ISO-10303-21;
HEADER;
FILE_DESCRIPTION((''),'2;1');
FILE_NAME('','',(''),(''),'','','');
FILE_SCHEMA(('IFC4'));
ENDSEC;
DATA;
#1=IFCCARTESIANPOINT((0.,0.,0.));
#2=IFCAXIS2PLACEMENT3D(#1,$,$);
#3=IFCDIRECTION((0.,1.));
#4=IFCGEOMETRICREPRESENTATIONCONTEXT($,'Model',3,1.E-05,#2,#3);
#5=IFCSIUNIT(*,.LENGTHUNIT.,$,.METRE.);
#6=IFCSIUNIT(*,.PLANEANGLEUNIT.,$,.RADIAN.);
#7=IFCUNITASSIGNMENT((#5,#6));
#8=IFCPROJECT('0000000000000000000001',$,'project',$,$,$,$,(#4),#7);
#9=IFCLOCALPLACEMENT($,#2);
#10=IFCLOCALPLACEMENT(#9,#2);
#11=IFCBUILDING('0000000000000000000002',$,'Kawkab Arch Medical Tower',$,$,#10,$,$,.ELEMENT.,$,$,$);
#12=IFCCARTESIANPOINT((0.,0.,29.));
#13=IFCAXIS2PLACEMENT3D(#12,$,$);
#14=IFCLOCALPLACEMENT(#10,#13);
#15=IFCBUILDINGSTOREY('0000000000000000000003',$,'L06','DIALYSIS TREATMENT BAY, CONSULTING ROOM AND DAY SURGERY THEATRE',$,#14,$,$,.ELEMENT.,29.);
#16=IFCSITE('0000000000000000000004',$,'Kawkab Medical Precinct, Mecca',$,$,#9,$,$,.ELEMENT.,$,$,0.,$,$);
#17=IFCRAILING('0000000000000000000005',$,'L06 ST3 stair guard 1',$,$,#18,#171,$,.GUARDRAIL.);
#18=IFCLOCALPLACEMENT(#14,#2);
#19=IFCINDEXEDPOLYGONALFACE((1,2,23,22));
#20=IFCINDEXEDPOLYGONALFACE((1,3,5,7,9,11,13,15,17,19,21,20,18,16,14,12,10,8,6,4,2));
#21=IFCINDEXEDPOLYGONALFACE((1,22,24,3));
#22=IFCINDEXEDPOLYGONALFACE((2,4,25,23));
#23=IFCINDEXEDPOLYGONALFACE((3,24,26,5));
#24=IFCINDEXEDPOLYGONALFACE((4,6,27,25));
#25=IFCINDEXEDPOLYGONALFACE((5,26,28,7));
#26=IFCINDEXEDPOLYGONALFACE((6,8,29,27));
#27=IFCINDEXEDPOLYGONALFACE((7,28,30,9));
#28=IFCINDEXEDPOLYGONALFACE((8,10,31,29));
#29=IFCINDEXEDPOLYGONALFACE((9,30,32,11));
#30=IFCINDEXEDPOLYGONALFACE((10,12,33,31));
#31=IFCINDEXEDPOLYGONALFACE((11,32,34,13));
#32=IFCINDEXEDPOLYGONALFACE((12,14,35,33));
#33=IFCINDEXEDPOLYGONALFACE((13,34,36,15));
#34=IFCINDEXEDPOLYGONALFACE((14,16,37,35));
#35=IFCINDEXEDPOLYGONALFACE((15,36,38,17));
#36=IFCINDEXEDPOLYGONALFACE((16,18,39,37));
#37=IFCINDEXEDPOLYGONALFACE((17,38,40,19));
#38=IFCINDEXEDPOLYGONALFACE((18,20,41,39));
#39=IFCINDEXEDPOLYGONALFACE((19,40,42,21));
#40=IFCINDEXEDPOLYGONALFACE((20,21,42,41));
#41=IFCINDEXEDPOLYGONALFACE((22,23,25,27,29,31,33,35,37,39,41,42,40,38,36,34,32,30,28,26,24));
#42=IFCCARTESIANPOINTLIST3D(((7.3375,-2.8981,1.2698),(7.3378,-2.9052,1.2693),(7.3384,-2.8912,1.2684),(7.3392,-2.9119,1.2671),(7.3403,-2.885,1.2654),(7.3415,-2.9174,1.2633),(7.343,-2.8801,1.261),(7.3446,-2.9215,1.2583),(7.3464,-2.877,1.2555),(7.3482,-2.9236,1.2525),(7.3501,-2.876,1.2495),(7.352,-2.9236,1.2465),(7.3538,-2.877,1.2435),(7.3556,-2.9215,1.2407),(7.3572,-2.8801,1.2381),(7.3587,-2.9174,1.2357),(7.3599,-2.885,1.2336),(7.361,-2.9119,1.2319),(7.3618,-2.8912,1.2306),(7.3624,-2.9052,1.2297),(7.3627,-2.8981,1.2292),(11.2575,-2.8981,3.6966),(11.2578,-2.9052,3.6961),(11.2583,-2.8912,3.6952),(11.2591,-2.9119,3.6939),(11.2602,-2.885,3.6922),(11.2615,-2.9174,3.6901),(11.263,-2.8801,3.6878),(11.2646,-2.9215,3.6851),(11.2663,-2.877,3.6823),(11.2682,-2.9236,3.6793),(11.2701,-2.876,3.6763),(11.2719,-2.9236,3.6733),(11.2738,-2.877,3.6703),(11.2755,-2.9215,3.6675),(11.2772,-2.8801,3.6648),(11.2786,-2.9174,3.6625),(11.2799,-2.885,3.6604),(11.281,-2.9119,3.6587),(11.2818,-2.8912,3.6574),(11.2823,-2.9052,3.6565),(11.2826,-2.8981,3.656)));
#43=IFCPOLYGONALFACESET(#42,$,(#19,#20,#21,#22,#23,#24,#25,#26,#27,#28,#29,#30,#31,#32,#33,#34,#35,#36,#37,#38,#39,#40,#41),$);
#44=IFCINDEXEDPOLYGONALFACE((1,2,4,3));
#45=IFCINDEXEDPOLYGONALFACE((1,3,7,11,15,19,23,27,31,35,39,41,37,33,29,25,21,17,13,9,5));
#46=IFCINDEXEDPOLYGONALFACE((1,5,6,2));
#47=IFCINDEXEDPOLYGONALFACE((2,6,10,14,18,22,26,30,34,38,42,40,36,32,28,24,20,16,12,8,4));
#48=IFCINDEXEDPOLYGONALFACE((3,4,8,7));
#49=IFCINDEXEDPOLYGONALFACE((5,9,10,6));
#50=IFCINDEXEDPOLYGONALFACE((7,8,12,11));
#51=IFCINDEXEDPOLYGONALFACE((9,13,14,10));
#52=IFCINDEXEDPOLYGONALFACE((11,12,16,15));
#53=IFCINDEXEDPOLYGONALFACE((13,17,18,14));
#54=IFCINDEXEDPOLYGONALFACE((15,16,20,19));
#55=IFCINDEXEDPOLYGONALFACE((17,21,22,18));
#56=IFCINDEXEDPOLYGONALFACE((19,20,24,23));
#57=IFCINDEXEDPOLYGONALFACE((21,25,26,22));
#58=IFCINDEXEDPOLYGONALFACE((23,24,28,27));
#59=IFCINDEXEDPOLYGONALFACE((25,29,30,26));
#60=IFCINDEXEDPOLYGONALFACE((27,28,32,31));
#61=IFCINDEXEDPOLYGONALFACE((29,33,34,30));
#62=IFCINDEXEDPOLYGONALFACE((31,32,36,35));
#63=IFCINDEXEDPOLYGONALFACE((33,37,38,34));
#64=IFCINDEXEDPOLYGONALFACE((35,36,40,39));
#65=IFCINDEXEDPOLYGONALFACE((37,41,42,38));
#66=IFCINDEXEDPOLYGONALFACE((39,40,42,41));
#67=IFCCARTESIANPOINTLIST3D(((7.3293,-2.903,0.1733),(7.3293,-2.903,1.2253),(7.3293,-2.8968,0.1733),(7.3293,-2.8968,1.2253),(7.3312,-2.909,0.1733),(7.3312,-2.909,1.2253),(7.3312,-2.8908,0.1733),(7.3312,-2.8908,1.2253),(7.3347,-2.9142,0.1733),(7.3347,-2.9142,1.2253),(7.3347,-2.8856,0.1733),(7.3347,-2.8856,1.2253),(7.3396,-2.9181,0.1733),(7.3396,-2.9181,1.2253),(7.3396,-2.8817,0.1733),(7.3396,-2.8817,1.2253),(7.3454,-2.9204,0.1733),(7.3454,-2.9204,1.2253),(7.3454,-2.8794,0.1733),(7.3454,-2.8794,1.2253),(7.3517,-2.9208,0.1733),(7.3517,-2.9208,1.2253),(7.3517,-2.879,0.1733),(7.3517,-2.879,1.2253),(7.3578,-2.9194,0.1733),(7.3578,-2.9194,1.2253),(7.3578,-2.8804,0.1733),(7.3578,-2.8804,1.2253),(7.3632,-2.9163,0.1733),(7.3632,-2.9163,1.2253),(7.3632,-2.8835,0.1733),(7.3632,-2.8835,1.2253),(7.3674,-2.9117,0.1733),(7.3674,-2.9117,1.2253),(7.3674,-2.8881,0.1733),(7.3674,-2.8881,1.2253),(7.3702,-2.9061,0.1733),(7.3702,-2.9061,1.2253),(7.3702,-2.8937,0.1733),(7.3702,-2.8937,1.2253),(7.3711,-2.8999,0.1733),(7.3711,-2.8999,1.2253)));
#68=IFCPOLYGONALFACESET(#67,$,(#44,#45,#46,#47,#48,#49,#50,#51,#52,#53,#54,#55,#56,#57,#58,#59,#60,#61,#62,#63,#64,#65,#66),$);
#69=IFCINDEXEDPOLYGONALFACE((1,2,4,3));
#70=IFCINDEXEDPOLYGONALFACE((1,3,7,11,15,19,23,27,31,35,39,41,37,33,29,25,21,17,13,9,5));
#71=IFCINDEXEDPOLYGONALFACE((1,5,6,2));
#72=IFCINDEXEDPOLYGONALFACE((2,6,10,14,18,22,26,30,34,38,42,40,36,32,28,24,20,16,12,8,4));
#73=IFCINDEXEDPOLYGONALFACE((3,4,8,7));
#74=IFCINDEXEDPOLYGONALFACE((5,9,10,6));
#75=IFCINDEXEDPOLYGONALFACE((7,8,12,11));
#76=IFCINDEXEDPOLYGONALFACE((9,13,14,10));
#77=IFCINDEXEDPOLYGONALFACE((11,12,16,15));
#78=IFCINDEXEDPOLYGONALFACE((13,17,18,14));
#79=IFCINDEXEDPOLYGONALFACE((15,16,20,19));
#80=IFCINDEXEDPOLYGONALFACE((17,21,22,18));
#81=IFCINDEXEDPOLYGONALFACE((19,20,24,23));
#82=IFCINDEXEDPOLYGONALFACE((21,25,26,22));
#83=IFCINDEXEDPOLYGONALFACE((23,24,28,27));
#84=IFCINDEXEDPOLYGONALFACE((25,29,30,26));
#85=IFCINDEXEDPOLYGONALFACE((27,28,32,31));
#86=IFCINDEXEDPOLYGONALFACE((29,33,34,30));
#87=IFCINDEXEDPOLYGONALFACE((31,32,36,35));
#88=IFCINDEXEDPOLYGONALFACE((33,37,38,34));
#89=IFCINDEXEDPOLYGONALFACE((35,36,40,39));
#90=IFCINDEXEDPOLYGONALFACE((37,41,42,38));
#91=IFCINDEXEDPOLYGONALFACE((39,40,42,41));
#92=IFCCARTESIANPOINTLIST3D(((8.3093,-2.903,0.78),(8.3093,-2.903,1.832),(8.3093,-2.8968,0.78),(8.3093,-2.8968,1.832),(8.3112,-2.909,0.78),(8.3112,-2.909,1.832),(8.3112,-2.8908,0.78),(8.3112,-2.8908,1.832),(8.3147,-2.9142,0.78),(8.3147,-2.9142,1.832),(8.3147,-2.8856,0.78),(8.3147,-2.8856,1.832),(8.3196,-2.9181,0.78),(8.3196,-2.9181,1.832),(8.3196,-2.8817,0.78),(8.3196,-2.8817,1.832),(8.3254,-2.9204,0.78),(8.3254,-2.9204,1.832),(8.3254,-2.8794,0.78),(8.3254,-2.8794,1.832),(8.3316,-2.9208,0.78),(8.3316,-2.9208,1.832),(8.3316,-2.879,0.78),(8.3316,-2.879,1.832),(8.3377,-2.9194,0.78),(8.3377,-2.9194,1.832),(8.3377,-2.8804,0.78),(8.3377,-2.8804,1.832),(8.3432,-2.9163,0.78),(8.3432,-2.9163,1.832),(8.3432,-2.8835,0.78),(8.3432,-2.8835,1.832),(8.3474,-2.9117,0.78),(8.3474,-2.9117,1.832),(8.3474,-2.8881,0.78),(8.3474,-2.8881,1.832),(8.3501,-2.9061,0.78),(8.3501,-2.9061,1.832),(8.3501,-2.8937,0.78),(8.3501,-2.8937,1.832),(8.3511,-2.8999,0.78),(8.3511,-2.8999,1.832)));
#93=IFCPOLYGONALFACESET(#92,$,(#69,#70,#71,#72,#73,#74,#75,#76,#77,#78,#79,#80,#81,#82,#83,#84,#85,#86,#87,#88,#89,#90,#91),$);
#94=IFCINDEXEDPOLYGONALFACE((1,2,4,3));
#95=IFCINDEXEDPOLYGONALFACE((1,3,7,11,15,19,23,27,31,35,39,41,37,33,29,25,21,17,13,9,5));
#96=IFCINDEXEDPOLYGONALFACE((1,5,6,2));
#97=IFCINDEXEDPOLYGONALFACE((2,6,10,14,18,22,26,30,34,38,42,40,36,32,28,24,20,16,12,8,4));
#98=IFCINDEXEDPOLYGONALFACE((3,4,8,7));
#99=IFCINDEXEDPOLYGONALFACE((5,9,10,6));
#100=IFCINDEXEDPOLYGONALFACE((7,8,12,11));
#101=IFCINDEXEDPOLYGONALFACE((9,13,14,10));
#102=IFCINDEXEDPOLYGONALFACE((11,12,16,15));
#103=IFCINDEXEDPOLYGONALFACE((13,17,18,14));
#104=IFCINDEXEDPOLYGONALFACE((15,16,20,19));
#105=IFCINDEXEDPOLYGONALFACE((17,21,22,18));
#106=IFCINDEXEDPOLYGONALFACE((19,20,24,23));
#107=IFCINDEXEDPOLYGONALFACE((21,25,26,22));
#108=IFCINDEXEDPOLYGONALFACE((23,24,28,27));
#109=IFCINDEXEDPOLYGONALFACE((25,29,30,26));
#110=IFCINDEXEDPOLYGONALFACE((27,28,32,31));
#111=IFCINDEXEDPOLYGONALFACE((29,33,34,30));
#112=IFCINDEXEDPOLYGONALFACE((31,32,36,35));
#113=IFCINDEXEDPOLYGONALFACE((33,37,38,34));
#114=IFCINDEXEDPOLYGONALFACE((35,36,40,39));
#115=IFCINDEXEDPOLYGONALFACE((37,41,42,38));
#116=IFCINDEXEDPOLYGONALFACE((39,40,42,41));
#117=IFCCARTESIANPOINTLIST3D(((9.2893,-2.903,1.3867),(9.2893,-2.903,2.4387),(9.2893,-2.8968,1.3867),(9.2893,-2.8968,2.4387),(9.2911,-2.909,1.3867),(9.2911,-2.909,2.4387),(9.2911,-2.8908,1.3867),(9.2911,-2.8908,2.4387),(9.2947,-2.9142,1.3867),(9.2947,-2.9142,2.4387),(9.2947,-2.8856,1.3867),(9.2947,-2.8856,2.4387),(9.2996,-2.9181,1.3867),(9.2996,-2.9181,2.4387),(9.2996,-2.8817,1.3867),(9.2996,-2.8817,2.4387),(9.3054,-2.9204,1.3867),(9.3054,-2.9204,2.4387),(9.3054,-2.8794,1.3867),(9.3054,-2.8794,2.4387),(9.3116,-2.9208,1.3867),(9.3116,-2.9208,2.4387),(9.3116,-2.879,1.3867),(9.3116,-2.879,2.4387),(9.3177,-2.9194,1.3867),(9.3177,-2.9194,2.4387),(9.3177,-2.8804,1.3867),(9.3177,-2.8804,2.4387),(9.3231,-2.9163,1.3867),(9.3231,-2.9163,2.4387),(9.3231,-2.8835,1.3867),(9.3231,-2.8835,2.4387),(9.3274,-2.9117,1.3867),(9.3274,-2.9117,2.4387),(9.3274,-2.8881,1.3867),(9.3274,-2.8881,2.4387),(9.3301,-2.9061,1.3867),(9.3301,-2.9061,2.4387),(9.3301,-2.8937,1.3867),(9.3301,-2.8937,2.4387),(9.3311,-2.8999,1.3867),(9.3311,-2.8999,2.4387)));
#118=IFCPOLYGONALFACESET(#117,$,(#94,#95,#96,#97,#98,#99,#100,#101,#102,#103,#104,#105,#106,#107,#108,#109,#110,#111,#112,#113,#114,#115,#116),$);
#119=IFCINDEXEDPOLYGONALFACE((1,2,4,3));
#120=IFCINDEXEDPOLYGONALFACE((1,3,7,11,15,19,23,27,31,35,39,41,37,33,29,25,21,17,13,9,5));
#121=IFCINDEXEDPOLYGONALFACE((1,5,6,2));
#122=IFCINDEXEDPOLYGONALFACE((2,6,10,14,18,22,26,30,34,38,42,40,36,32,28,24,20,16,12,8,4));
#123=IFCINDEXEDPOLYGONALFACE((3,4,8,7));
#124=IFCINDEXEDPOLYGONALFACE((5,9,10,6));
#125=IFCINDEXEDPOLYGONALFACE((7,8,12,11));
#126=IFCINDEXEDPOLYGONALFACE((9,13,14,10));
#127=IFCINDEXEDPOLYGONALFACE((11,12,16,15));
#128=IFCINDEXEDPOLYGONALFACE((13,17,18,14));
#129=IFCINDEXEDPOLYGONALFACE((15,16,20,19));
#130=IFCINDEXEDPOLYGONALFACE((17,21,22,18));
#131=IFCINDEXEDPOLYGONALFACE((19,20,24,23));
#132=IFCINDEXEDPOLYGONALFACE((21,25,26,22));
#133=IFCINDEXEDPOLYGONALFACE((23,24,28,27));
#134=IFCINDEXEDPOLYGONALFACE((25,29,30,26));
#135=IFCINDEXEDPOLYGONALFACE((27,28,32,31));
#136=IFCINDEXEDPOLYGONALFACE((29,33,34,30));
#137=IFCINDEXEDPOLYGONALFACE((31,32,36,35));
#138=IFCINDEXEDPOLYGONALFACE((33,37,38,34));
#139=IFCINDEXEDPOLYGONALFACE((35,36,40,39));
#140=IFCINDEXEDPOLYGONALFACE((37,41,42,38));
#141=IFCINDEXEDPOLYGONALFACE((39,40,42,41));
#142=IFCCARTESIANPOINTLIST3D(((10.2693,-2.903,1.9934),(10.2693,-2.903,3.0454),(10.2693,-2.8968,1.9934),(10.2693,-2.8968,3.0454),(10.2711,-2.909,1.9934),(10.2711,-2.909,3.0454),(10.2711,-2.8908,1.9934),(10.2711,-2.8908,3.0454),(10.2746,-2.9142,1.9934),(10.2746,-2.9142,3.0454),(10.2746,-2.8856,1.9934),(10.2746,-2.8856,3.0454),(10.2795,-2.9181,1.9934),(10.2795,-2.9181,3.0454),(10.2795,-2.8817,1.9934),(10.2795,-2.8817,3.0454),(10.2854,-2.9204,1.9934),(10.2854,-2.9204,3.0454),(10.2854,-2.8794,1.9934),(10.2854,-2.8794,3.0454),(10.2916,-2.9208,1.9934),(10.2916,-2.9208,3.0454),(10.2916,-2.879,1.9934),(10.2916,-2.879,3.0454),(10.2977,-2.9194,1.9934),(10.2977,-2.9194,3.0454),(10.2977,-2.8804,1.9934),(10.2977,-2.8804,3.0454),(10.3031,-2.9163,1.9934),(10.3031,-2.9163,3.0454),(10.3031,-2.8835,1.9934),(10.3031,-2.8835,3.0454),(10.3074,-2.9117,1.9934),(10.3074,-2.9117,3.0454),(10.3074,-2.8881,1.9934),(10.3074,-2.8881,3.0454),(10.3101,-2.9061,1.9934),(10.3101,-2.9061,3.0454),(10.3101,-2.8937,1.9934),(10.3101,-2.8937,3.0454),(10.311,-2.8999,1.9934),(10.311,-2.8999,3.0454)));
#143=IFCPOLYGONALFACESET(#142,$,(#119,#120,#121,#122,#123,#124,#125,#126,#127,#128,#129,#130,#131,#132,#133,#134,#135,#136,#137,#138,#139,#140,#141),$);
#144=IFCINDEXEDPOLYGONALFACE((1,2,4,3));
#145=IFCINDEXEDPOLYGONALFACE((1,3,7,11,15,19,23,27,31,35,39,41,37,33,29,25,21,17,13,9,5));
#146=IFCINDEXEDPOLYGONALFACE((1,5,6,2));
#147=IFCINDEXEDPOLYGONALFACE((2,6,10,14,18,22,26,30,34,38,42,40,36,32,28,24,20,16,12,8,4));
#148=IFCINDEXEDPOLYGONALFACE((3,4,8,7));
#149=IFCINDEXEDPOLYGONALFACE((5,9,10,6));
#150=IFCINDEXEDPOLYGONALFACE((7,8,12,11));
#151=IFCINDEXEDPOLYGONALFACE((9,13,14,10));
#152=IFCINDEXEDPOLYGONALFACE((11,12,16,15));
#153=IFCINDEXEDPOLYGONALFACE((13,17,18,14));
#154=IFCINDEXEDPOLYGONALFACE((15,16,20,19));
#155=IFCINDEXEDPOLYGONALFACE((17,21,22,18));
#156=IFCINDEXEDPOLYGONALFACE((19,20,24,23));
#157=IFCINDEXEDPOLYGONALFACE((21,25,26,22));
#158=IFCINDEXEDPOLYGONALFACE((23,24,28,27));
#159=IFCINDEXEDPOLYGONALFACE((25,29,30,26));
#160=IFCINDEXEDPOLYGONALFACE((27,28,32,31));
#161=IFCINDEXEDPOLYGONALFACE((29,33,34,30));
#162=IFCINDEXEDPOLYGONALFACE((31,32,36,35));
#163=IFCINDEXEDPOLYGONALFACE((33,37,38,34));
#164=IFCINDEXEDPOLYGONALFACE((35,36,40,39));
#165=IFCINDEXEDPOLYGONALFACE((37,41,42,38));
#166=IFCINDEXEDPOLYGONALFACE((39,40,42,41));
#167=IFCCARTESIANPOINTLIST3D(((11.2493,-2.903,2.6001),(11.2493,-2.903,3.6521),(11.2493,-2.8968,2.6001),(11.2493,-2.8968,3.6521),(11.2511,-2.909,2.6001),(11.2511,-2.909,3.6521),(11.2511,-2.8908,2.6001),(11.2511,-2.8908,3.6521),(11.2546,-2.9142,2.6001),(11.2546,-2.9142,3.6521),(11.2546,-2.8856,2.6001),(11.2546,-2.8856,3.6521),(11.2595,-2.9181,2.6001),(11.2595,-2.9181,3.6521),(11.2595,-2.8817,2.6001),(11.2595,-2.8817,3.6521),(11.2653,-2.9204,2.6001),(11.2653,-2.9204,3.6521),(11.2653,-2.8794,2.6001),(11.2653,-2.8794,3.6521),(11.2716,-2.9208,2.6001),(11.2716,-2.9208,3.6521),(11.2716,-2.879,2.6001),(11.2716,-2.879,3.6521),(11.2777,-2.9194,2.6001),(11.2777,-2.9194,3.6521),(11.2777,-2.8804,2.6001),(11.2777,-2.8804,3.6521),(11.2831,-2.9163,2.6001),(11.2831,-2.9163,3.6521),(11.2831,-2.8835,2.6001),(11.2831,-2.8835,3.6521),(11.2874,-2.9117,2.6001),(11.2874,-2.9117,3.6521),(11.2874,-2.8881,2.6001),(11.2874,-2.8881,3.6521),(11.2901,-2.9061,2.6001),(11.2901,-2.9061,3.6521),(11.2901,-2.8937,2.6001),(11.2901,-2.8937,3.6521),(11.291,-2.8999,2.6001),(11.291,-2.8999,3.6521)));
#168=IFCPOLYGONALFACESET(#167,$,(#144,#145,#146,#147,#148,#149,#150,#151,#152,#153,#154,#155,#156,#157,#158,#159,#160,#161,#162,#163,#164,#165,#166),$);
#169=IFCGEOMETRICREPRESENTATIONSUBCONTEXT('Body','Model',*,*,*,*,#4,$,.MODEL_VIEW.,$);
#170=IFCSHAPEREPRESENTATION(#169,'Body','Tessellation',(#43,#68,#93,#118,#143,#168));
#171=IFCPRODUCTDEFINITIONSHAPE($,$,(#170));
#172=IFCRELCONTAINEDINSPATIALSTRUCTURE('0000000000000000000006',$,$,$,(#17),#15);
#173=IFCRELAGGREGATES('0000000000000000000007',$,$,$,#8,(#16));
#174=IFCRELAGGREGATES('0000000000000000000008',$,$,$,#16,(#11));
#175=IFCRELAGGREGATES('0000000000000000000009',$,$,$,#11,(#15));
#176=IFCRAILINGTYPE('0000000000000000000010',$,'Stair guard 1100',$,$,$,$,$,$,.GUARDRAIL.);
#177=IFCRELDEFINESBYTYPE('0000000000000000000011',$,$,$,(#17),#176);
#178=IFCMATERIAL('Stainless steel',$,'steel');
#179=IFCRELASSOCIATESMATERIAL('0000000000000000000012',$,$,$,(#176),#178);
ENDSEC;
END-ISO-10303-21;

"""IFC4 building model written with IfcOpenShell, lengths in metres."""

from ifc_helpers import new_model, si_unit, direction, frame, origin, origin_2d, place, context, subcontext, project, spatial, circle, extrude, material, type_object, element, save


model = new_model("IFC4")

# Units and contexts
model_context = context("Model", 3, precision=1e-05, world=origin(), true_north=direction((0.0, 1.0)))
body_context = subcontext(model_context, "Body", "Model", "MODEL_VIEW")
ifc_project = project(units=[si_unit("LENGTHUNIT", "METRE"), si_unit("PLANEANGLEUNIT", "RADIAN")], contexts=[model_context])

# Site, building, storey
site_placement = place(None, origin())
site = spatial("IfcSite", under=ifc_project, at=site_placement, Name="Kawkab Medical Precinct, Mecca", CompositionType="ELEMENT", RefElevation=0.0)
building_placement = place(site_placement, origin())
building = spatial("IfcBuilding", under=site, at=building_placement, Name="Kawkab Arch Medical Tower", CompositionType="ELEMENT")
storey_placement = place(building_placement, frame((0.0, 0.0, 29.0)))
storey = spatial("IfcBuildingStorey", under=building, at=storey_placement, Name="L06", Description="DIALYSIS TREATMENT BAY, CONSULTING ROOM AND DAY SURGERY THEATRE", CompositionType="ELEMENT", Elevation=29.0)

# Railing
ifc_material_1 = material(Name="Stainless steel", Category="steel")
railing_type = type_object("IfcRailingType", Name="Stair guard 1100", PredefinedType="GUARDRAIL", material=ifc_material_1)
railing_1_placement = place(storey_placement, frame((7.3501, -2.8999, 0.1733)))
element("IfcRailing", 1, at=railing_1_placement, inside=storey, type_object=railing_type, Name="L06 ST3 stair guard 1", PredefinedType="GUARDRAIL", context=body_context, shape_type="SweptSolid", body=[
    extrude(circle(Radius=0.0239, at=origin_2d()), frame((0.0, 0.0, 1.0762), z_axis=(0.850252, 0.0, 0.526376), x_axis=(0.0, 1.0, 0.0)), (0.0, 0.0, 1.0), 4.6104),
    extrude(circle(Radius=0.021, at=origin_2d()), origin(), (0.0, 0.0, 1.0), 1.052),
    extrude(circle(Radius=0.021, at=origin_2d()), frame((0.98, 0.0, 0.6067)), (0.0, 0.0, 1.0), 1.052),
    extrude(circle(Radius=0.021, at=origin_2d()), frame((1.96, 0.0, 1.2134)), (0.0, 0.0, 1.0), 1.052),
    extrude(circle(Radius=0.021, at=origin_2d()), frame((2.9399, 0.0, 1.8201)), (0.0, 0.0, 1.0), 1.052),
    extrude(circle(Radius=0.021, at=origin_2d()), frame((3.9199, 0.0, 2.4268)), (0.0, 0.0, 1.0), 1.052),
])

save(model, "model.ifc")
